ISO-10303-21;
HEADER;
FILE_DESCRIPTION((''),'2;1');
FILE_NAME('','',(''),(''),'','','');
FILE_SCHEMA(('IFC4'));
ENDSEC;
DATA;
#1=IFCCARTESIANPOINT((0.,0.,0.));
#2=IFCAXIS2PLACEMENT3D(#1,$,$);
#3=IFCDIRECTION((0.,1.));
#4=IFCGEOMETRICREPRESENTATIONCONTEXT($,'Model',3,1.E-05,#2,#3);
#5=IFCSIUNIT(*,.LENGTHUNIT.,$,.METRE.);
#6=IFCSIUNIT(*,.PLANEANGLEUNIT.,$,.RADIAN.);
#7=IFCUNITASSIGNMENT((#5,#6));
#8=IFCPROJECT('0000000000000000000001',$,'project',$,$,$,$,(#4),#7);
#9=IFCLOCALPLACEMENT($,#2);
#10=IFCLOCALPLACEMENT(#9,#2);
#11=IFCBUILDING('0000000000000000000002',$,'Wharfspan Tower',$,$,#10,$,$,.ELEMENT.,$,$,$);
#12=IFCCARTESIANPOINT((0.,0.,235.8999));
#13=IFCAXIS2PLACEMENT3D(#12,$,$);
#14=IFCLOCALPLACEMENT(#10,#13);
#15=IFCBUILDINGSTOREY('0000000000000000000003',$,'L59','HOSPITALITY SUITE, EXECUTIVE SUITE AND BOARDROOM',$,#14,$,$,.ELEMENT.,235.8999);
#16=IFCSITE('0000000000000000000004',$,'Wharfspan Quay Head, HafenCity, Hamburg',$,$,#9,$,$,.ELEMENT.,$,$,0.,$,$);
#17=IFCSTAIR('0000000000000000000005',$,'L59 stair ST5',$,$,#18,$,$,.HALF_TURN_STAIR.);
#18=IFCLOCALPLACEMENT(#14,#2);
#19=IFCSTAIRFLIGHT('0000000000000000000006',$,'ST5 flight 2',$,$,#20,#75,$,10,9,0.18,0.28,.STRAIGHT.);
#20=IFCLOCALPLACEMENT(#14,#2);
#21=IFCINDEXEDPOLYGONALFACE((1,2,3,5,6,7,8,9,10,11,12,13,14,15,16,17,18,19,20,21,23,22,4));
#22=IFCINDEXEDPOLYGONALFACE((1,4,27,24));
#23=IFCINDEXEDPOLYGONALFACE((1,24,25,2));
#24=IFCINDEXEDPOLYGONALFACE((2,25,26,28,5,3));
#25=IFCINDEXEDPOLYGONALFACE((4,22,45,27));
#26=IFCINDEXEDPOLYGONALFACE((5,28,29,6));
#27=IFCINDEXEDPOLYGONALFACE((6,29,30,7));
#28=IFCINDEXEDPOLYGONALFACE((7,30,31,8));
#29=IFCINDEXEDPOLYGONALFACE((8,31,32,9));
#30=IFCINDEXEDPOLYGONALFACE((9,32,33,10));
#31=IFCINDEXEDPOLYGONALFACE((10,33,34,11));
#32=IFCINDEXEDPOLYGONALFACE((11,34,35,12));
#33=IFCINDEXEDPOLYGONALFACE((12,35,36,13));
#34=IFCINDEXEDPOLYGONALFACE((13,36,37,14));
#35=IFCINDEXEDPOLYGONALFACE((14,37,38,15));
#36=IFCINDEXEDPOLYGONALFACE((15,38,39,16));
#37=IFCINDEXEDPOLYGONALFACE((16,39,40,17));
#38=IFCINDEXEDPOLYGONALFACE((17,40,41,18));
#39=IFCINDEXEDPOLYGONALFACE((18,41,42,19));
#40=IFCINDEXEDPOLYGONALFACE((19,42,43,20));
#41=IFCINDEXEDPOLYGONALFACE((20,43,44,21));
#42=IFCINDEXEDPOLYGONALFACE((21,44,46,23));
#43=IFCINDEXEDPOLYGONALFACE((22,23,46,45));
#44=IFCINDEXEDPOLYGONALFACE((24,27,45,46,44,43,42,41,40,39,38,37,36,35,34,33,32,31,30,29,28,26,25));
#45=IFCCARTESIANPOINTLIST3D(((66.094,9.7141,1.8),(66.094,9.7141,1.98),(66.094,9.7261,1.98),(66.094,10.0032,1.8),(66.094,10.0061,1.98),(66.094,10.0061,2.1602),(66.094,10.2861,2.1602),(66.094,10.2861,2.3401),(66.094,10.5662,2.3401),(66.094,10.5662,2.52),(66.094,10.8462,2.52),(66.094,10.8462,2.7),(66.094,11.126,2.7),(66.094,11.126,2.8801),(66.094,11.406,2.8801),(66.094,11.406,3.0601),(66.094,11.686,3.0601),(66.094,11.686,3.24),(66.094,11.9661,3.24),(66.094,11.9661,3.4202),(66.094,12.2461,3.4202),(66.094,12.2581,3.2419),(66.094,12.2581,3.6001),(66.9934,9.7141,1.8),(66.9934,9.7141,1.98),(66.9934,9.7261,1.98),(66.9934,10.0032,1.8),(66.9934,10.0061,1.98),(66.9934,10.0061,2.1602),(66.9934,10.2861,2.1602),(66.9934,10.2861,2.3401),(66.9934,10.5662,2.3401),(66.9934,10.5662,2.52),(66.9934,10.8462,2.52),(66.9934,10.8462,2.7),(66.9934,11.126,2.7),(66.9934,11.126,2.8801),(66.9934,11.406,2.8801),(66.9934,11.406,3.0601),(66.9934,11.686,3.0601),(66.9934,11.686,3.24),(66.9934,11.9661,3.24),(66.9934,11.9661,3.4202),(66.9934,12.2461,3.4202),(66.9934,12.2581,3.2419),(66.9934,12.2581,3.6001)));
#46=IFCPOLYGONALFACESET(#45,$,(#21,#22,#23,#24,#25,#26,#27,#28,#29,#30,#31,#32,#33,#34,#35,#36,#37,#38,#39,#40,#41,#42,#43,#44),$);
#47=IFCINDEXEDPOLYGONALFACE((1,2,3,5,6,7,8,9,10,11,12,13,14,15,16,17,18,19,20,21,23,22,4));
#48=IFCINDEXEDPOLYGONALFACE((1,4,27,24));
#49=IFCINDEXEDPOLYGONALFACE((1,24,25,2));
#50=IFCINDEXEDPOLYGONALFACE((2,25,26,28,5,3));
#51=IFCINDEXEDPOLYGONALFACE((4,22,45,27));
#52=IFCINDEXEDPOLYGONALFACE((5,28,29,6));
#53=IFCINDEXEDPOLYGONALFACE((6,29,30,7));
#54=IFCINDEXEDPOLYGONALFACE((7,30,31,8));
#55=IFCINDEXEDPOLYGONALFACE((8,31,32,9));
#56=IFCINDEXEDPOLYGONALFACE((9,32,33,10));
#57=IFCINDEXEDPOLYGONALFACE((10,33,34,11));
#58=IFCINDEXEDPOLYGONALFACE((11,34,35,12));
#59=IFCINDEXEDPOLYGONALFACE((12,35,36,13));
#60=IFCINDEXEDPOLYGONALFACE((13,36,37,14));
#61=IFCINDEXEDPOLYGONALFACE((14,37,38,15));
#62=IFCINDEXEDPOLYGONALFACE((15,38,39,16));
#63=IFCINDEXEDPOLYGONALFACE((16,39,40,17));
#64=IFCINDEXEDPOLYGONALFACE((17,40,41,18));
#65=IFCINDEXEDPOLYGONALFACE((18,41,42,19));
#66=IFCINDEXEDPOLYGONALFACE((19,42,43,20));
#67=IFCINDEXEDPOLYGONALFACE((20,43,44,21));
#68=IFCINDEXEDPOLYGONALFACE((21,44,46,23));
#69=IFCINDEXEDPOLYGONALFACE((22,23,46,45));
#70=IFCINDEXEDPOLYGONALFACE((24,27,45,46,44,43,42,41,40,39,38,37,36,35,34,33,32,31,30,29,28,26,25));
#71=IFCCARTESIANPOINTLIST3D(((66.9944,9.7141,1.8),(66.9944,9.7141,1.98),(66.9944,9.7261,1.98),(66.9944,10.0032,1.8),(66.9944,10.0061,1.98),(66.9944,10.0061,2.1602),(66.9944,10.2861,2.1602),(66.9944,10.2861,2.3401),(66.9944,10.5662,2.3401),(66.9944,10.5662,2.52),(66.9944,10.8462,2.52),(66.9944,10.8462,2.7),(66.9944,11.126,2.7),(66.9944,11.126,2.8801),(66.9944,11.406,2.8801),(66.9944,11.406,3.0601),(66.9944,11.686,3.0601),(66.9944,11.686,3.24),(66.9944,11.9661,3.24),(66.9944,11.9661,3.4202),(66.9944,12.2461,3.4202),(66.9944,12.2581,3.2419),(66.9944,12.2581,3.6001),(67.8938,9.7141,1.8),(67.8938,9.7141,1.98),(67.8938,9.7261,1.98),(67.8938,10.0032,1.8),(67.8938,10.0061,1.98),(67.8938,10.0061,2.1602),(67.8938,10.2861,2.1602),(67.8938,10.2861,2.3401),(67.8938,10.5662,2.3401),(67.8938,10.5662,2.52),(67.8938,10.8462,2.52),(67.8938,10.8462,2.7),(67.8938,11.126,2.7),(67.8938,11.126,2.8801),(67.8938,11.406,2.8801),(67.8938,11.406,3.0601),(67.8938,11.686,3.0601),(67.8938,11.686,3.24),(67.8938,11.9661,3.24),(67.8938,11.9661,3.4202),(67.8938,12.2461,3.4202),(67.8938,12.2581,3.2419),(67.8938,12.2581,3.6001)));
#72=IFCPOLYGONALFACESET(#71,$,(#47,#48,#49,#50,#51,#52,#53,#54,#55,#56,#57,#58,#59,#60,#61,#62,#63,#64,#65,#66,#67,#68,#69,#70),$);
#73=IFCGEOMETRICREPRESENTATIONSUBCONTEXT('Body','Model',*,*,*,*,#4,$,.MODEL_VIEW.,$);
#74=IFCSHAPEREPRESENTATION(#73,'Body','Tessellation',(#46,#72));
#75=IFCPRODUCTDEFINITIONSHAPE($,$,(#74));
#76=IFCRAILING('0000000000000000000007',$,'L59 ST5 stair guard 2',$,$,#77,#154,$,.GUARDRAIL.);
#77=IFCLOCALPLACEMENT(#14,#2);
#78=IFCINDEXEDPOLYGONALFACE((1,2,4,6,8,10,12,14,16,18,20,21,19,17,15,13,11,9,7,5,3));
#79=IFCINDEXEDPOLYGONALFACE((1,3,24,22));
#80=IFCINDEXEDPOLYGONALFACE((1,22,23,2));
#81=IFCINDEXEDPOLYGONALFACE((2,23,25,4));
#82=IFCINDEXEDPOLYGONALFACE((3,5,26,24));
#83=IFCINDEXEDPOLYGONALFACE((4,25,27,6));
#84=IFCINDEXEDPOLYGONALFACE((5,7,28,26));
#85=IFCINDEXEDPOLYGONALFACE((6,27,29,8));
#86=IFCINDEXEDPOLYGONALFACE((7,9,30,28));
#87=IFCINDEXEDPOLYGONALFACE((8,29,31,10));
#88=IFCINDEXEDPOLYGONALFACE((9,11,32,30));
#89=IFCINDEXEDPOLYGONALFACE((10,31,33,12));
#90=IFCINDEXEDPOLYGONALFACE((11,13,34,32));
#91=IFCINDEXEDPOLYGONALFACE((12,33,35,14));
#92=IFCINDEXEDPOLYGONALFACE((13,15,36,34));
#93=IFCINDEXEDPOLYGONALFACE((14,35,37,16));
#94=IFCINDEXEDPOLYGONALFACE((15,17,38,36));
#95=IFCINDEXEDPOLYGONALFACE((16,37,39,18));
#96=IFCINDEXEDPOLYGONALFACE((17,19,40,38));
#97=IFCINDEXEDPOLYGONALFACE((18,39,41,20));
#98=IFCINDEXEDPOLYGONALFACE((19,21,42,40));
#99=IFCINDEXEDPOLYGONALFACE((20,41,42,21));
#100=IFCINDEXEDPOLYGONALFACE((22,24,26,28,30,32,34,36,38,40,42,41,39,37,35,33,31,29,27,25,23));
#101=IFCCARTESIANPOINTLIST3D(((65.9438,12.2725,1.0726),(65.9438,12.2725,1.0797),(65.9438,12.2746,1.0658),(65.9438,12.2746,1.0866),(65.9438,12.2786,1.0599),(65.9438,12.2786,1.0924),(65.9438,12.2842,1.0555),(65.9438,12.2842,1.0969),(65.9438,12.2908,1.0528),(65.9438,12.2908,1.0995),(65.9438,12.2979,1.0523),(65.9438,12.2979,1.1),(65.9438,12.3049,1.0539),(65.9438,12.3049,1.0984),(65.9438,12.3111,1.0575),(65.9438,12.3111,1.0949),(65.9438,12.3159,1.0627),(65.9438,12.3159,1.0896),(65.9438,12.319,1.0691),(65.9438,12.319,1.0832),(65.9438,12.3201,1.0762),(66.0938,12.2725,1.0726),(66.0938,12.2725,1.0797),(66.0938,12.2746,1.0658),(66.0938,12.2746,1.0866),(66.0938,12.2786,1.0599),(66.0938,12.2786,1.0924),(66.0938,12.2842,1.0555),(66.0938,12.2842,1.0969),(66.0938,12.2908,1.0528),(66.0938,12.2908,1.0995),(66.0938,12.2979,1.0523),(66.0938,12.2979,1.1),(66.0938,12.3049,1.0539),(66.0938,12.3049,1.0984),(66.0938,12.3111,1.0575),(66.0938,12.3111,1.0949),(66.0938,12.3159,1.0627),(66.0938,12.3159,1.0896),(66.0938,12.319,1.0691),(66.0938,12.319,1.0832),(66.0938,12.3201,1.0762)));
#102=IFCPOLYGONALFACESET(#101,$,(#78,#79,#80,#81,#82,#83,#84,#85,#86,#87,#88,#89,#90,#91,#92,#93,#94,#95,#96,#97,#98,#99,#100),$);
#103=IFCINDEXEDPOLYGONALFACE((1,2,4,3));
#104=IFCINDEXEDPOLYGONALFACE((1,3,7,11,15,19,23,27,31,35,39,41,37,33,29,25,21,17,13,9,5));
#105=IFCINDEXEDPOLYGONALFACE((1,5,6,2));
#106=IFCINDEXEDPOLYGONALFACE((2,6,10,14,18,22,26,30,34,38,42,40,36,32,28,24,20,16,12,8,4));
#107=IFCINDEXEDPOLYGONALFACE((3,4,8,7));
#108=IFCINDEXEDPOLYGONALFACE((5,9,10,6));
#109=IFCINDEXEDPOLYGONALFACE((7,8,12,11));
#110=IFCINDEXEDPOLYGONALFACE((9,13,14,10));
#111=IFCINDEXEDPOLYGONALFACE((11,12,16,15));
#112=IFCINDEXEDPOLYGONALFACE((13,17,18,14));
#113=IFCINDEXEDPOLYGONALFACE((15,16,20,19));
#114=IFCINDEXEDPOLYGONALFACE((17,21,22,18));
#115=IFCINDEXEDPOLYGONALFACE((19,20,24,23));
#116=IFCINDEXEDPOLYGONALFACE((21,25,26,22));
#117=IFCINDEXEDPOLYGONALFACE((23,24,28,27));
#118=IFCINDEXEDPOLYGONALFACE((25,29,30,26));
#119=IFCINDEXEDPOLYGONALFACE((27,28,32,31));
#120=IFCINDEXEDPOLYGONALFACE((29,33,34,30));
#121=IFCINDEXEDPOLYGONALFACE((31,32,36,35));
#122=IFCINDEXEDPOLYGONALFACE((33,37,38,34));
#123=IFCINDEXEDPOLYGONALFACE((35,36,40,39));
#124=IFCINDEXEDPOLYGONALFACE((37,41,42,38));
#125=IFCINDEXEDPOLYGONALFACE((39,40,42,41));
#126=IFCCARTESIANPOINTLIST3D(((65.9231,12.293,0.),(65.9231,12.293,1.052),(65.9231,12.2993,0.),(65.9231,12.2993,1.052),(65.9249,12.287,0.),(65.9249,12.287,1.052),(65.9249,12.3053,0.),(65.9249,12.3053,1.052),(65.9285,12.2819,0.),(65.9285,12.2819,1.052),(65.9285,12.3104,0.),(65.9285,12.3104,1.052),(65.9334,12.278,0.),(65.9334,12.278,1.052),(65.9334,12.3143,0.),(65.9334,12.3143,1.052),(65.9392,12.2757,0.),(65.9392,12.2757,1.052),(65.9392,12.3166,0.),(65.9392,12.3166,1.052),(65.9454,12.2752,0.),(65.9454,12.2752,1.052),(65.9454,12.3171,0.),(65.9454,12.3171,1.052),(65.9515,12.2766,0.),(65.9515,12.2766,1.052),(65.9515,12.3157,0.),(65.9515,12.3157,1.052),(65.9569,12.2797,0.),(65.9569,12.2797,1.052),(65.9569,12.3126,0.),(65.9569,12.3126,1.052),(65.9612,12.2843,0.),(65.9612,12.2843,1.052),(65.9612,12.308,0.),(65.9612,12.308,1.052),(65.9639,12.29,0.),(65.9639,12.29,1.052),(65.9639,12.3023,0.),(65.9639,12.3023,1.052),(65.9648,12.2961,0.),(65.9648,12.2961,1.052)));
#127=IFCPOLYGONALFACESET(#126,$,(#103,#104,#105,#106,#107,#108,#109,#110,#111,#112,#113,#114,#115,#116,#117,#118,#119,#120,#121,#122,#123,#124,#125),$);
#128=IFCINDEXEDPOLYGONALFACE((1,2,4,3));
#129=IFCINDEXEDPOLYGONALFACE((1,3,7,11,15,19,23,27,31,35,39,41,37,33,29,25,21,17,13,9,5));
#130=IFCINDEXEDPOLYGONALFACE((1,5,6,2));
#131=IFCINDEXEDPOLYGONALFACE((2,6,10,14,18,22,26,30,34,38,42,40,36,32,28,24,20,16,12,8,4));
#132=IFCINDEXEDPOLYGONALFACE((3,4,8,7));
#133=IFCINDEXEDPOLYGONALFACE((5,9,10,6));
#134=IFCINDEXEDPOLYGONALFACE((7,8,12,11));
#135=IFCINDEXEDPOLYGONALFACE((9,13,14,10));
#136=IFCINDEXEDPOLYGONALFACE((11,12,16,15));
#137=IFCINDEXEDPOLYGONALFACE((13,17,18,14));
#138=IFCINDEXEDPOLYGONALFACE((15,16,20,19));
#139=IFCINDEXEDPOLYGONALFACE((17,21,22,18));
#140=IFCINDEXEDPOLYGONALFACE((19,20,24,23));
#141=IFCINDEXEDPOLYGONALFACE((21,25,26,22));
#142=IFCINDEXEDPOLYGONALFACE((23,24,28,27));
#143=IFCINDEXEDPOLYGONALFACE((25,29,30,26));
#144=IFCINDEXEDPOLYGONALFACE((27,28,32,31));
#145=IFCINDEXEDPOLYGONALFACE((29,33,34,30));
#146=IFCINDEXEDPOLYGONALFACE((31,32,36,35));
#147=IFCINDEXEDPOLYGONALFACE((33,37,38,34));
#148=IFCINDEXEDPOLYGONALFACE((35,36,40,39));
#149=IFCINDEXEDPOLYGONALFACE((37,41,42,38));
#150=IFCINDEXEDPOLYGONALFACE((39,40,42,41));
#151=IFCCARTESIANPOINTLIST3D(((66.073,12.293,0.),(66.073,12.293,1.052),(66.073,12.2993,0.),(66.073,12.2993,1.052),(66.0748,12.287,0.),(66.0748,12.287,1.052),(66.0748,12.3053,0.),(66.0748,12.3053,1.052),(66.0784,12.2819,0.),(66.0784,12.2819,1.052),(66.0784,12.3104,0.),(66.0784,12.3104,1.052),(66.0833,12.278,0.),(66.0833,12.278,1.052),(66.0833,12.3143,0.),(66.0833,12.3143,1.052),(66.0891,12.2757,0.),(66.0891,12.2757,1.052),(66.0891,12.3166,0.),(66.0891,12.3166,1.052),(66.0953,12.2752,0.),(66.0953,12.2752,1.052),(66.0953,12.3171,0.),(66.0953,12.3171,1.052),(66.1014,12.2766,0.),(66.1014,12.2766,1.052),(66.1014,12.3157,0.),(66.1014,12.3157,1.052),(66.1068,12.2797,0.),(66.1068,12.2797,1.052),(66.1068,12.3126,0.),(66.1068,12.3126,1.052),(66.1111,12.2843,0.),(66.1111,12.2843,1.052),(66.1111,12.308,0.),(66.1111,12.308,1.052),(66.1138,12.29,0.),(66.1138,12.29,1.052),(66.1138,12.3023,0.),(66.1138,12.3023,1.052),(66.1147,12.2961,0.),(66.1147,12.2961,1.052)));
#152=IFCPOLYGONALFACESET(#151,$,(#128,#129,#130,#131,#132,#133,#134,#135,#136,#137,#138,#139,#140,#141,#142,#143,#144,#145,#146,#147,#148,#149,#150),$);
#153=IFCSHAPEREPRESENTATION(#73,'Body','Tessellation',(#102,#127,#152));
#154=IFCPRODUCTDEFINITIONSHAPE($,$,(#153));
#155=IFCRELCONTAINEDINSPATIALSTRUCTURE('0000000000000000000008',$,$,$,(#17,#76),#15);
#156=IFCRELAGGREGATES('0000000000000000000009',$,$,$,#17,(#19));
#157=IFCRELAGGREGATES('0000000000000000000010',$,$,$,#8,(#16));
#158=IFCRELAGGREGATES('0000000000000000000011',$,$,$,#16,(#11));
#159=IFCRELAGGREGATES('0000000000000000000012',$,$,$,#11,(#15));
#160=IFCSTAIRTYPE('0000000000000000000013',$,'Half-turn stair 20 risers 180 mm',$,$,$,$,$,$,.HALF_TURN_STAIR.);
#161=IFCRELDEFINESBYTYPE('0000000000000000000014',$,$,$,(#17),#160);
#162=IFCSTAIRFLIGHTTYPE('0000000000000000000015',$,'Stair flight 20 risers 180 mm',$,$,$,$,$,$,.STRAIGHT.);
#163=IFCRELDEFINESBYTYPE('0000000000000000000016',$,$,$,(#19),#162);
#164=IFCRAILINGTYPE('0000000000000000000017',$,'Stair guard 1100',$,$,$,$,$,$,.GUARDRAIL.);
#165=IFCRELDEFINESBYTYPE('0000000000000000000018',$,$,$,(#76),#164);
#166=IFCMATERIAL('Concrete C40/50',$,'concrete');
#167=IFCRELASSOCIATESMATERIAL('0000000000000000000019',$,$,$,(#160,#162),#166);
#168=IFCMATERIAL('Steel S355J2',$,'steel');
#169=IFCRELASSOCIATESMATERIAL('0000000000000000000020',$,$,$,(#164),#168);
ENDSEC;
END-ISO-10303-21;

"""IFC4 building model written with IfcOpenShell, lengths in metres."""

from ifc_helpers import new_model, si_unit, direction, frame, origin, origin_2d, place, context, subcontext, project, spatial, polyline, circle, outline, extrude, material, type_object, element, aggregate, save


model = new_model("IFC4")

# Units and contexts
model_context = context("Model", 3, precision=1e-05, world=origin(), true_north=direction((0.0, 1.0)))
body_context = subcontext(model_context, "Body", "Model", "MODEL_VIEW")
ifc_project = project(units=[si_unit("LENGTHUNIT", "METRE"), si_unit("PLANEANGLEUNIT", "RADIAN")], contexts=[model_context])

# Site, building, storey
site_placement = place(None, origin())
site = spatial("IfcSite", under=ifc_project, at=site_placement, Name="Wharfspan Quay Head, HafenCity, Hamburg", CompositionType="ELEMENT", RefElevation=0.0)
building_placement = place(site_placement, origin())
building = spatial("IfcBuilding", under=site, at=building_placement, Name="Wharfspan Tower", CompositionType="ELEMENT")
storey_placement = place(building_placement, frame((0.0, 0.0, 235.8999)))
storey = spatial("IfcBuildingStorey", under=building, at=storey_placement, Name="L59", Description="HOSPITALITY SUITE, EXECUTIVE SUITE AND BOARDROOM", CompositionType="ELEMENT", Elevation=235.8999)

# Shared definitions
ifc_material_1 = material(Name="Steel S355J2", Category="steel")

# Shared definitions
ifc_material_2 = material(Name="Concrete C40/50", Category="concrete")

# Stair, stair flight
stair_type = type_object("IfcStairType", Name="Half-turn stair 20 risers 180 mm", PredefinedType="HALF_TURN_STAIR", material=ifc_material_2)
stair_placement = place(storey_placement, origin())
stair = element("IfcStair", 1, at=stair_placement, inside=storey, type_object=stair_type, Name="L59 stair ST5", PredefinedType="HALF_TURN_STAIR")
stair_flight_type = type_object("IfcStairFlightType", Name="Stair flight 20 risers 180 mm", PredefinedType="STRAIGHT", material=ifc_material_2)
stair_flight_placement = place(storey_placement, frame((66.9939, 9.7261, 1.8), z_axis=(0.0, 0.0, 1.0), x_axis=(0.0, 1.0, 0.0)))
stair_flight = element("IfcStairFlight", 2, at=stair_flight_placement, type_object=stair_flight_type, Name="ST5 flight 2", NumberOfRisers=10, NumberOfTreads=9, PredefinedType="STRAIGHT", RiserHeight=0.18, TreadLength=0.28, context=body_context, shape_type="SweptSolid", body=[
    extrude(outline(polyline([(-0.012, 0.0), (-0.012, 0.1799), (0.0, 0.1799), (0.28, 0.1799), (0.28, 0.3601), (0.5601, 0.3601), (0.5601, 0.54), (0.8401, 0.54), (0.8401, 0.72), (1.1201, 0.72), (1.1201, 0.8999), (1.3999, 0.8999), (1.3999, 1.0801), (1.6799, 1.0801), (1.6799, 1.26), (1.96, 1.26), (1.96, 1.4399), (2.24, 1.4399), (2.24, 1.6201), (2.52, 1.6201), (2.532, 1.8), (2.532, 1.4419), (0.2771, 0.0), (-0.012, 0.0)])), frame((0.0, 0.8999, 0.0), z_axis=(0.0, -1.0, 0.0), x_axis=(1.0, 0.0, 0.0)), (0.0, 0.0, 1.0), 0.8994),
    extrude(outline(polyline([(-0.012, 0.0), (-0.012, 0.1799), (0.0, 0.1799), (0.28, 0.1799), (0.28, 0.3601), (0.5601, 0.3601), (0.5601, 0.54), (0.8401, 0.54), (0.8401, 0.72), (1.1201, 0.72), (1.1201, 0.8999), (1.3999, 0.8999), (1.3999, 1.0801), (1.6799, 1.0801), (1.6799, 1.26), (1.96, 1.26), (1.96, 1.4399), (2.24, 1.4399), (2.24, 1.6201), (2.52, 1.6201), (2.532, 1.8), (2.532, 1.4419), (0.2771, 0.0), (-0.012, 0.0)])), frame((0.0, -0.0005, 0.0), z_axis=(0.0, -1.0, 0.0), x_axis=(1.0, 0.0, 0.0)), (0.0, 0.0, 1.0), 0.8994),
])
aggregate(stair, [stair_flight])

# Railing
railing_type_1 = type_object("IfcRailingType", Name="Stair guard 1100", PredefinedType="GUARDRAIL", material=ifc_material_1)
railing_1_placement = place(storey_placement, frame((65.9438, 12.2961, 0.0)))
element("IfcRailing", 3, at=railing_1_placement, inside=storey, type_object=railing_type_1, Name="L59 ST5 stair guard 2", PredefinedType="GUARDRAIL", context=body_context, shape_type="SweptSolid", body=[
    extrude(circle(Radius=0.0239, at=origin_2d()), frame((0.0, 0.0, 1.0762), z_axis=(1.0, 0.0, 0.0), x_axis=(0.0, 1.0, 0.0)), (0.0, 0.0, 1.0), 0.1499),
    extrude(circle(Radius=0.021, at=origin_2d()), origin(), (0.0, 0.0, 1.0), 1.052),
    extrude(circle(Radius=0.021, at=origin_2d()), frame((0.1499, 0.0, 0.0)), (0.0, 0.0, 1.0), 1.052),
])

save(model, "model.ifc")
